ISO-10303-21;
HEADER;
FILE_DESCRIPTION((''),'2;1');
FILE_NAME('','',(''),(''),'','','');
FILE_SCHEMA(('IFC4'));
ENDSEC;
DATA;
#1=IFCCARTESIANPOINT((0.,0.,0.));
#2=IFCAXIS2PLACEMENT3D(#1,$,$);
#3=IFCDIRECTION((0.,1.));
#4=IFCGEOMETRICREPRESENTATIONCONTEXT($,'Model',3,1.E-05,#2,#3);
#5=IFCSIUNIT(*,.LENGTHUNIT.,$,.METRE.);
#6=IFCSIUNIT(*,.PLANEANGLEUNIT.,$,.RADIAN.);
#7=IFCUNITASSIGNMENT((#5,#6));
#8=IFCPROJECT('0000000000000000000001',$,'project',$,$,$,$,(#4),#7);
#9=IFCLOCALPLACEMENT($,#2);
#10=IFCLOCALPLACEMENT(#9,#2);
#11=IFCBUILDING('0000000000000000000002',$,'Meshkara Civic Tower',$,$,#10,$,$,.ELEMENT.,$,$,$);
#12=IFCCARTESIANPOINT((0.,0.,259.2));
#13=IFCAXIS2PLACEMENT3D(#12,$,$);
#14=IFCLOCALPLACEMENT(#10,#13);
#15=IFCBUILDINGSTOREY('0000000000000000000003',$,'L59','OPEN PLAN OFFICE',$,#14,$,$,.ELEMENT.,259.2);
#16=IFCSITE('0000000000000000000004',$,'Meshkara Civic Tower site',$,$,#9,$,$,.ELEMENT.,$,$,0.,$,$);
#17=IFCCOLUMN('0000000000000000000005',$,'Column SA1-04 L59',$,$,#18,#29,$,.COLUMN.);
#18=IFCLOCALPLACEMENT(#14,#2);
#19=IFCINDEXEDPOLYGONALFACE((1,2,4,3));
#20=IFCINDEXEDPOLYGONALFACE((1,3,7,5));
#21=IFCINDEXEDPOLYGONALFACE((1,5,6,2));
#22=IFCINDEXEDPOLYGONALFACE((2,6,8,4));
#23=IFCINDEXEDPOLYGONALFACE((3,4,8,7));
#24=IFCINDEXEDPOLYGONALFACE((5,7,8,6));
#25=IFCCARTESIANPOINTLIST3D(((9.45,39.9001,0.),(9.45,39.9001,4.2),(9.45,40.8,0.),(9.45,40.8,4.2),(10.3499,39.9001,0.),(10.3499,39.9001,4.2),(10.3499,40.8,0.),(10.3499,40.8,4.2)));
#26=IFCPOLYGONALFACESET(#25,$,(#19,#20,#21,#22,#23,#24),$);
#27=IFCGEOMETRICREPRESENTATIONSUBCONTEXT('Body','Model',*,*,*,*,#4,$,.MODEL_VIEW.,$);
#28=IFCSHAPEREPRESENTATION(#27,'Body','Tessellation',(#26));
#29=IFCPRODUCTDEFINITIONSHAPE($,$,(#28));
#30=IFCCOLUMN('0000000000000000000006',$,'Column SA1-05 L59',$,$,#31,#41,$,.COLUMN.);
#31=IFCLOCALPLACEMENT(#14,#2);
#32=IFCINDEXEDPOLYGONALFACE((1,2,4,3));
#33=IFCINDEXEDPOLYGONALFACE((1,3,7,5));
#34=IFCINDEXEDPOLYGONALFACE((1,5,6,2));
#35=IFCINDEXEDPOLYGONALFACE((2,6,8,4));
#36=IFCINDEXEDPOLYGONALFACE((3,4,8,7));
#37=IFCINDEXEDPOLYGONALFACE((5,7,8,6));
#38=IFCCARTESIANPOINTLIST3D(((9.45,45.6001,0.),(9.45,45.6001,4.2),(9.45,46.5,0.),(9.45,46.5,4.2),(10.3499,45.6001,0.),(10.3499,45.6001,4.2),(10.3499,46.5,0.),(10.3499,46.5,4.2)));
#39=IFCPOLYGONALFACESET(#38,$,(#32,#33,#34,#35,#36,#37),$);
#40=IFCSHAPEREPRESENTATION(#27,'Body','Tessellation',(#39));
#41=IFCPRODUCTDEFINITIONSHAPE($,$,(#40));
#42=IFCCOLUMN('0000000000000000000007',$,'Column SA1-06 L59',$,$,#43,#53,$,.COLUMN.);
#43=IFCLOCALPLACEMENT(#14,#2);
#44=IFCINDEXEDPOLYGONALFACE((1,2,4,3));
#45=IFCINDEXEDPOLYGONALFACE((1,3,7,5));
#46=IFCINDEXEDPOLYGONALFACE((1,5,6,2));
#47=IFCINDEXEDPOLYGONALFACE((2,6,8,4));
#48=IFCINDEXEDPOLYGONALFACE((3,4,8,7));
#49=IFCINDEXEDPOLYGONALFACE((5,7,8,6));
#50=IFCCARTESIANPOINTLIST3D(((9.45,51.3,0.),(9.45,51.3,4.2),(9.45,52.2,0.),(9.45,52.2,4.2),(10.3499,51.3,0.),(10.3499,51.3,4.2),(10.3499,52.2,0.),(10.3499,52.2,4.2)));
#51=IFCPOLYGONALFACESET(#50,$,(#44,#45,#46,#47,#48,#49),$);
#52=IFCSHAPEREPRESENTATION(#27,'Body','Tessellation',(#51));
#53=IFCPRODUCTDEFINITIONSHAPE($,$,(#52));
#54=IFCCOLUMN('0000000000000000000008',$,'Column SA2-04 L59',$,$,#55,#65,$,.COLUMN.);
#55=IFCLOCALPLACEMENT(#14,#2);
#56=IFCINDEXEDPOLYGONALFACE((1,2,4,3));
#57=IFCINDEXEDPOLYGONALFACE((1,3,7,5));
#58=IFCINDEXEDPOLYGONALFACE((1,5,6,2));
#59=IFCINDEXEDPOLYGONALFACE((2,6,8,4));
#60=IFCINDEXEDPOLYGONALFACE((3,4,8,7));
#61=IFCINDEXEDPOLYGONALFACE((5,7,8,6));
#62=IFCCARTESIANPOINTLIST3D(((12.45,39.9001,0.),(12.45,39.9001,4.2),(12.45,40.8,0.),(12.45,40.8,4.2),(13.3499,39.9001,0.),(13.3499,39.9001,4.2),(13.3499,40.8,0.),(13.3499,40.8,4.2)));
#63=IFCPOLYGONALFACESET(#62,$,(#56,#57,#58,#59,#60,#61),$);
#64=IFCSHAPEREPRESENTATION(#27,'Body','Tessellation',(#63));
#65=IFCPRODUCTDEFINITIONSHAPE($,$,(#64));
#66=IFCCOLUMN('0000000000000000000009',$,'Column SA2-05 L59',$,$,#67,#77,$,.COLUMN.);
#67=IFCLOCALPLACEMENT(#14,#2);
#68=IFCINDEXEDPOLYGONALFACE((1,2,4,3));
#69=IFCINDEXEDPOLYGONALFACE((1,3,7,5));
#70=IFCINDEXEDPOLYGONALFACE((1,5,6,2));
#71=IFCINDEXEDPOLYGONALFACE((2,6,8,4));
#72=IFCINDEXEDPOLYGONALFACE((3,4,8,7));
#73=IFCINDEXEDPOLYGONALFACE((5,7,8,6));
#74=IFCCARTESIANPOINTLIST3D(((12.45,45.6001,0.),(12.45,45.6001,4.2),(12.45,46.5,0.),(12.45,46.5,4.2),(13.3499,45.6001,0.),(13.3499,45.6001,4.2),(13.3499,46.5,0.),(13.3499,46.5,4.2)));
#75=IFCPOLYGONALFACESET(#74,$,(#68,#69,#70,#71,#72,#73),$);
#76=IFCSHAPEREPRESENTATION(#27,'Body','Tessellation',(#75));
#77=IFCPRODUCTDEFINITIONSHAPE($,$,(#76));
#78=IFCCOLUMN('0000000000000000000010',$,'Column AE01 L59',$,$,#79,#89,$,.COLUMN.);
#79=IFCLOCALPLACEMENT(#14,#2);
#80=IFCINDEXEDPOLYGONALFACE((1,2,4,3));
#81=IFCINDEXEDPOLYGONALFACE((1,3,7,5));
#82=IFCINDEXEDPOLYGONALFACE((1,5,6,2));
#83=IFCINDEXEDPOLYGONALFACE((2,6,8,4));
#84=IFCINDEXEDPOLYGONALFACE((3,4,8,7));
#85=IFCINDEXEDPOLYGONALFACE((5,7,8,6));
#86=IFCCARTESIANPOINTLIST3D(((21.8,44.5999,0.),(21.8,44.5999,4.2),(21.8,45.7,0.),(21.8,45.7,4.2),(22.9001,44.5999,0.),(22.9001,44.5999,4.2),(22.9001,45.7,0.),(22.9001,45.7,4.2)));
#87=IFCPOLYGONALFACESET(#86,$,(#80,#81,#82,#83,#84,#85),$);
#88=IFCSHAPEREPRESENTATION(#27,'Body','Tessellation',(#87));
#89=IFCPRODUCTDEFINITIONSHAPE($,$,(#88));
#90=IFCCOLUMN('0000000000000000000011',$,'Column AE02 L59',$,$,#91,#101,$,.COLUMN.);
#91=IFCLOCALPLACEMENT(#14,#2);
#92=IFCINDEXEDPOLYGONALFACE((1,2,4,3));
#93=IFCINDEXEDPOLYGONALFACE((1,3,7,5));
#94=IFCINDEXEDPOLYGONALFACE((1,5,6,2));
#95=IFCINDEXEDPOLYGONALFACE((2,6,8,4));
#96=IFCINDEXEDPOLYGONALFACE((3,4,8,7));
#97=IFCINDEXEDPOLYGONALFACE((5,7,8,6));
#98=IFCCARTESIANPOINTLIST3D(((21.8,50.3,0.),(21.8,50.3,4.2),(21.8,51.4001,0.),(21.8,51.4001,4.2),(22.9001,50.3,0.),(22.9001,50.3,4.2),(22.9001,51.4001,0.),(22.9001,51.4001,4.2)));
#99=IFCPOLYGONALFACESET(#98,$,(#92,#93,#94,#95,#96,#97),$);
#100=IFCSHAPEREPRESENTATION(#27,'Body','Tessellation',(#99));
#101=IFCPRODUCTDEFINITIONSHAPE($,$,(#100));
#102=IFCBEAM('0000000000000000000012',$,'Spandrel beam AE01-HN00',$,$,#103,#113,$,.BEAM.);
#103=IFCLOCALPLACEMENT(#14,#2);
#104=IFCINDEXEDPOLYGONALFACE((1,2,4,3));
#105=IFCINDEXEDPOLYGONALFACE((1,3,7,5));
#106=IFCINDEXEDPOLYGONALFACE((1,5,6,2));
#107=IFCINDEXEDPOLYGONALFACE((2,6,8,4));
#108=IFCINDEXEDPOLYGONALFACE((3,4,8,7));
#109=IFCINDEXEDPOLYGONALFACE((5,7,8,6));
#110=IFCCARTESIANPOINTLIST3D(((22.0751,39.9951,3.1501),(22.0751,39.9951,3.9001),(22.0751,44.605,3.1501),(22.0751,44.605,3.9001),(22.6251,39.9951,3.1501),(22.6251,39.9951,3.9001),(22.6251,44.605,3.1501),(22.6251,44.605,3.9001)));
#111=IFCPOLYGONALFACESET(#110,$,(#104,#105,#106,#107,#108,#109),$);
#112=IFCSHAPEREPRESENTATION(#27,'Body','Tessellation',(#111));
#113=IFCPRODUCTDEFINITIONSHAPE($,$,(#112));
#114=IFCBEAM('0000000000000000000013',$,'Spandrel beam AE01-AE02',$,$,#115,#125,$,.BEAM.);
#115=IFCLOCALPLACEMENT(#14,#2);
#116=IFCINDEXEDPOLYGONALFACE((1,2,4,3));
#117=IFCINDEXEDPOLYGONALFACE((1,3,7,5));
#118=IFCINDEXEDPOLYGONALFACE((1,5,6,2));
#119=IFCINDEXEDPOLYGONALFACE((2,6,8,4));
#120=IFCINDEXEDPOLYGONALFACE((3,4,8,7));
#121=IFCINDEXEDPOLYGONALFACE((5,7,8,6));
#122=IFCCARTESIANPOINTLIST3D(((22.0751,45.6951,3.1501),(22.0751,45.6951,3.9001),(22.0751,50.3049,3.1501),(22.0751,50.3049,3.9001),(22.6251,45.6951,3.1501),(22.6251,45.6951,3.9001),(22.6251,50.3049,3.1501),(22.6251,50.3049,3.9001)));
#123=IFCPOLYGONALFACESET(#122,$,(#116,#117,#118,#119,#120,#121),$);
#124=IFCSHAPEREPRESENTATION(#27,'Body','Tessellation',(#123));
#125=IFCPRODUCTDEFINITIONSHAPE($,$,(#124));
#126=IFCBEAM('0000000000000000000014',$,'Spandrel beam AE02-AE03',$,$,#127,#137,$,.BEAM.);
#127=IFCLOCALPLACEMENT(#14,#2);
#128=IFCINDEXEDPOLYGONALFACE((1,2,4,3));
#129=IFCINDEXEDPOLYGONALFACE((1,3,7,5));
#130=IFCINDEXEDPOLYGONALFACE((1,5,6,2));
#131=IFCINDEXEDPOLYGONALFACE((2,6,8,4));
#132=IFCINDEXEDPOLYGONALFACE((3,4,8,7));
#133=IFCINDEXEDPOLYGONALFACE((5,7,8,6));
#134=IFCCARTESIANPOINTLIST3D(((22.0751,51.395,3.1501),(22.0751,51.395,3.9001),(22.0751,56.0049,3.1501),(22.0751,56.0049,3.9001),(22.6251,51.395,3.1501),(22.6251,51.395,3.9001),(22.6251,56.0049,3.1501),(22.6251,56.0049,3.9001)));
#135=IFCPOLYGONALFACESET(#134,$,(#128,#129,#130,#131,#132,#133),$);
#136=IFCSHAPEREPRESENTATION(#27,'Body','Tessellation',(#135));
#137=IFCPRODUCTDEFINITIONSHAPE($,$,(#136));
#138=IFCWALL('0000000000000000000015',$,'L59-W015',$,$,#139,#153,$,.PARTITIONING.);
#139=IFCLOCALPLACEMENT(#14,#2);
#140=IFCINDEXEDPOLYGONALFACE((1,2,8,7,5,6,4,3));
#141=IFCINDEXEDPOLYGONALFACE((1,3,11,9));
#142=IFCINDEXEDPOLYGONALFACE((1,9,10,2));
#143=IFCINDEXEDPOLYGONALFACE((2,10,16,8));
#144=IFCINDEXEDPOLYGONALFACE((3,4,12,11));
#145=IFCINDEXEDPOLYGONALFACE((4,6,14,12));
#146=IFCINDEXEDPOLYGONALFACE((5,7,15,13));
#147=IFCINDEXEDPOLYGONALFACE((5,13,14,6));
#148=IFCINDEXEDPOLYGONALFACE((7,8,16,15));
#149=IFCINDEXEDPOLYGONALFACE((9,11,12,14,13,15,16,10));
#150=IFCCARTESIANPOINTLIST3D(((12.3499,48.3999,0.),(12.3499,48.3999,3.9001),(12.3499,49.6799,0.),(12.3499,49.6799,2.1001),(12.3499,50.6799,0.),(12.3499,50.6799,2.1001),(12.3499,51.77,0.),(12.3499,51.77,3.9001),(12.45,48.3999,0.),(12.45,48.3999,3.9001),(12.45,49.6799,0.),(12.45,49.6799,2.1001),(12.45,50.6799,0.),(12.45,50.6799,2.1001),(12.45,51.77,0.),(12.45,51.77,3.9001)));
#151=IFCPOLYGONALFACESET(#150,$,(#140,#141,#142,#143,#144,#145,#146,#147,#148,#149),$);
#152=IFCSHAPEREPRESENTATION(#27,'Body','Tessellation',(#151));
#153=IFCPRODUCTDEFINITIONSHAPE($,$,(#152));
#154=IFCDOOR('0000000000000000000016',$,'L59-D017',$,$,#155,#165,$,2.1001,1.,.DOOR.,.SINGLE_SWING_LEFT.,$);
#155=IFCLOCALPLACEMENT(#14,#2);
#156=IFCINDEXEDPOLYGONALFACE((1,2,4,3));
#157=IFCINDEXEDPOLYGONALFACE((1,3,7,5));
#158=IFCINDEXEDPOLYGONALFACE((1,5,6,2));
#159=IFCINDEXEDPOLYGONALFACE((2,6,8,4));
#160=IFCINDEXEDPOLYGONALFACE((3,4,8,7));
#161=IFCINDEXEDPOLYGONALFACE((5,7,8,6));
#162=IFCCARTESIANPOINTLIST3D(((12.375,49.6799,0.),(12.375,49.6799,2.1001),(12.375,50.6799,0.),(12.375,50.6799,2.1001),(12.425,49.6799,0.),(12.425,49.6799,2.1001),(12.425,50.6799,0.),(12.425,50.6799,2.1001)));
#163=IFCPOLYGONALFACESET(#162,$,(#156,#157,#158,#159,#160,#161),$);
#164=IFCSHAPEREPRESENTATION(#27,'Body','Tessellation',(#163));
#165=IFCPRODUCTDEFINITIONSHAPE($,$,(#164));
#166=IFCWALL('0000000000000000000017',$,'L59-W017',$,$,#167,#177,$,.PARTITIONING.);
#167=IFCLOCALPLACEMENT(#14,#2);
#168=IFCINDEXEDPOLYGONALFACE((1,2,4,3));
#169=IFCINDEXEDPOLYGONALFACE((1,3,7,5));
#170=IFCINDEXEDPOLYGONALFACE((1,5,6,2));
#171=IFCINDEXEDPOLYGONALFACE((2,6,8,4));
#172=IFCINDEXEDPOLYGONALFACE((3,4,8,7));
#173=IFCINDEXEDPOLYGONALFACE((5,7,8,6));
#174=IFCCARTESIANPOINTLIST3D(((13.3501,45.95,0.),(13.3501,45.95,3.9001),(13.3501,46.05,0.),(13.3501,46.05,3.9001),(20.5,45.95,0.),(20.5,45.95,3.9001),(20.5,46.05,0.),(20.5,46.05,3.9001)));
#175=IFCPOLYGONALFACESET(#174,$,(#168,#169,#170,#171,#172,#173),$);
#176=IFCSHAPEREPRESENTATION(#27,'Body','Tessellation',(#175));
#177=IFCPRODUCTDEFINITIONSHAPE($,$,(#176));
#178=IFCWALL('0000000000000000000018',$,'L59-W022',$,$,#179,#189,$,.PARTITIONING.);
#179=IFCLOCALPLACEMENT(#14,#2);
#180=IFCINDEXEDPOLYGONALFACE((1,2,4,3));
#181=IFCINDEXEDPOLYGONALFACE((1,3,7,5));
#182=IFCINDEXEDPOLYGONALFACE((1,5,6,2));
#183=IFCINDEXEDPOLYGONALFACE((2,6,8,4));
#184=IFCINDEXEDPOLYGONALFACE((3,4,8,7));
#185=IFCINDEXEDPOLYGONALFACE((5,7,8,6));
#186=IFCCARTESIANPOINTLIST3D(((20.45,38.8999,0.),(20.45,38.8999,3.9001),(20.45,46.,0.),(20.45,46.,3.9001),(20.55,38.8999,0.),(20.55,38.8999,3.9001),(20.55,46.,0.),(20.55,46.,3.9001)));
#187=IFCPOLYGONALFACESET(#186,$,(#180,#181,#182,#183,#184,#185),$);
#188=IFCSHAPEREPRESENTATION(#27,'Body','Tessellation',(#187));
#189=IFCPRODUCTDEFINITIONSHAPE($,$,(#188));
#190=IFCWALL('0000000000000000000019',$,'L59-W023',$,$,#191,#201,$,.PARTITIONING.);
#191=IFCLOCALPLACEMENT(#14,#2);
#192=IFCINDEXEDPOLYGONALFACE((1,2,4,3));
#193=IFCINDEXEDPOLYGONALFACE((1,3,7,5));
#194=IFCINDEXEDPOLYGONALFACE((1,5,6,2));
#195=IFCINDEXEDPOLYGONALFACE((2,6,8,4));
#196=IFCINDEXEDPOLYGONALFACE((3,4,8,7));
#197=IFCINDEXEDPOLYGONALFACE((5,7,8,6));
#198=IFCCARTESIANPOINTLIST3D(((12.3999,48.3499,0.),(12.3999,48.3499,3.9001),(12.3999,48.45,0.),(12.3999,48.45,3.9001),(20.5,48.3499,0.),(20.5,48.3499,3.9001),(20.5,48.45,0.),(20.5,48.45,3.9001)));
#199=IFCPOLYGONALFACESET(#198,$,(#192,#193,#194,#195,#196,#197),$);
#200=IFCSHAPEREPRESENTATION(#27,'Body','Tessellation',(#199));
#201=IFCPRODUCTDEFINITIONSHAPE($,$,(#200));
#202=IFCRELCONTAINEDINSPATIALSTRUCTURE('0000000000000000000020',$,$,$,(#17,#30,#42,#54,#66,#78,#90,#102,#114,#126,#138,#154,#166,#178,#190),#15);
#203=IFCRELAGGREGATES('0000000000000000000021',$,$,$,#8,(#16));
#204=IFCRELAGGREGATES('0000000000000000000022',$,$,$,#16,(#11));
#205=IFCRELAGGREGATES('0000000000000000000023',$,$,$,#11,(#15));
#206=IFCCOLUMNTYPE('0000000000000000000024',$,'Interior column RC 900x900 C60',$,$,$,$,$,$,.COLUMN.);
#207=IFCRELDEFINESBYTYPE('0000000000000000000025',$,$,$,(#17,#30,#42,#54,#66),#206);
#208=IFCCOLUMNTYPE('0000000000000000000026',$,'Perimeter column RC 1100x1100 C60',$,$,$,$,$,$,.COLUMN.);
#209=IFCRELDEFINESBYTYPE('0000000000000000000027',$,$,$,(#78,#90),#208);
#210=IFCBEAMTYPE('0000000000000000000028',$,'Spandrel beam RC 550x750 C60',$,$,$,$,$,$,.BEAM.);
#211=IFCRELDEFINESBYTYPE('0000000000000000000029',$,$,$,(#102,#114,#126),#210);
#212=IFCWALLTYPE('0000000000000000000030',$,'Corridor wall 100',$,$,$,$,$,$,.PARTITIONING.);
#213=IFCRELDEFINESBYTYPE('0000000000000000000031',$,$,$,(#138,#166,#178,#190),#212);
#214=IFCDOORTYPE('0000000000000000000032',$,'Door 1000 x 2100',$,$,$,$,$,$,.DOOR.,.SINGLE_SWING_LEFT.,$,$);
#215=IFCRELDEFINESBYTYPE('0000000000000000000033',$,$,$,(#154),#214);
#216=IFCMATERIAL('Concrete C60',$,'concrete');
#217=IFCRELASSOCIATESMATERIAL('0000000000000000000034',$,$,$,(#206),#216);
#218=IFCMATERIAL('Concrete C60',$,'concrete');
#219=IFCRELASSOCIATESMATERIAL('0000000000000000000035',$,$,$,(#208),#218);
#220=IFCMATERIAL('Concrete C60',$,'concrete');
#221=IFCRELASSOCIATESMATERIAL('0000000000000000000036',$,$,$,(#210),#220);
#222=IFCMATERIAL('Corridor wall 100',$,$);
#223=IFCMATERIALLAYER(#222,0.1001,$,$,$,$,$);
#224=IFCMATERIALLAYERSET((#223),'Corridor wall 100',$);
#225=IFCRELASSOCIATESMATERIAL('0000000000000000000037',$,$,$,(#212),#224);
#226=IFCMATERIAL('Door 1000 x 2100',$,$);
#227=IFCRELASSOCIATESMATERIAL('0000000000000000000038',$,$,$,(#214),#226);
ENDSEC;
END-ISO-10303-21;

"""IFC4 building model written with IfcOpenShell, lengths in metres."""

from ifc_helpers import new_model, si_unit, direction, frame, frame_2d, origin, origin_2d, place, context, subcontext, project, spatial, rectangle, extrude, material, layer, layer_set, material_profile, profile_set, type_object, element, fill, save


model = new_model("IFC4")

# Units and contexts
model_context = context("Model", 3, precision=1e-05, world=origin(), true_north=direction((0.0, 1.0)))
body_context = subcontext(model_context, "Body", "Model", "MODEL_VIEW")
ifc_project = project(units=[si_unit("LENGTHUNIT", "METRE"), si_unit("PLANEANGLEUNIT", "RADIAN")], contexts=[model_context])

# Site, building, storey
site_placement = place(None, origin())
site = spatial("IfcSite", under=ifc_project, at=site_placement, Name="Meshkara Civic Tower site", CompositionType="ELEMENT", RefElevation=0.0)
building_placement = place(site_placement, origin())
building = spatial("IfcBuilding", under=site, at=building_placement, Name="Meshkara Civic Tower", CompositionType="ELEMENT")
storey_placement = place(building_placement, frame((0.0, 0.0, 259.2)))
storey = spatial("IfcBuildingStorey", under=building, at=storey_placement, Name="L59", Description="OPEN PLAN OFFICE", CompositionType="ELEMENT", Elevation=259.2)

# Columns
ifc_material_1 = material(Name="Concrete C60", Category="concrete")
ifc_material_profile_1 = material_profile(ifc_material_1, rectangle(XDim=0.8999, YDim=0.8999, at=origin_2d()))
ifc_profile_set_1 = profile_set([ifc_material_profile_1], Name="Concrete C60")
column_type_1 = type_object("IfcColumnType", Name="Interior column RC 900x900 C60", PredefinedType="COLUMN", material=ifc_profile_set_1)
for number, where, z_axis, x_axis, name in (
    (1, (9.8999, 40.3501, 0.0), (0.0, 0.0, 1.0), (1.0, 0.0, 0.0), "Column SA1-04 L59"),
    (2, (9.8999, 46.05, 0.0), (0.0, 0.0, 1.0), (1.0, 0.0, 0.0), "Column SA1-05 L59"),
    (3, (9.8999, 51.75, 0.0), (0.0, 0.0, 1.0), (1.0, 0.0, 0.0), "Column SA1-06 L59"),
    (4, (12.8999, 40.3501, 0.0), (0.0, 0.0, 1.0), (1.0, 0.0, 0.0), "Column SA2-04 L59"),
    (5, (12.8999, 46.05, 0.0), (0.0, 0.0, 1.0), (1.0, 0.0, 0.0), "Column SA2-05 L59"),
):
    element("IfcColumn", number, at=place(storey_placement, frame(where, z_axis=z_axis, x_axis=x_axis)), inside=storey, type_object=column_type_1, Name=name, PredefinedType="COLUMN", context=body_context, shape_type="SweptSolid", body=[
        extrude(rectangle(XDim=0.8999, YDim=0.8999, at=origin_2d()), origin(), (0.0, 0.0, 1.0), 4.2),
    ])
ifc_material_2 = material(Name="Concrete C60", Category="concrete")
ifc_material_profile_2 = material_profile(ifc_material_2, rectangle(XDim=1.1001, YDim=1.1001, at=origin_2d()))
ifc_profile_set_2 = profile_set([ifc_material_profile_2], Name="Concrete C60")
column_type_2 = type_object("IfcColumnType", Name="Perimeter column RC 1100x1100 C60", PredefinedType="COLUMN", material=ifc_profile_set_2)
for number, where, z_axis, x_axis, name in (
    (6, (22.3501, 45.1499, 0.0), (0.0, 0.0, 1.0), (1.0, 0.0, 0.0), "Column AE01 L59"),
    (7, (22.3501, 50.8501, 0.0), (0.0, 0.0, 1.0), (1.0, 0.0, 0.0), "Column AE02 L59"),
):
    element("IfcColumn", number, at=place(storey_placement, frame(where, z_axis=z_axis, x_axis=x_axis)), inside=storey, type_object=column_type_2, Name=name, PredefinedType="COLUMN", context=body_context, shape_type="SweptSolid", body=[
        extrude(rectangle(XDim=1.1001, YDim=1.1001, at=origin_2d()), origin(), (0.0, 0.0, 1.0), 4.2),
    ])

# Beams
ifc_material_3 = material(Name="Concrete C60", Category="concrete")
ifc_material_profile_3 = material_profile(ifc_material_3, rectangle(XDim=0.55, YDim=0.75, at=origin_2d()))
ifc_profile_set_3 = profile_set([ifc_material_profile_3], Name="Concrete C60")
beam_type = type_object("IfcBeamType", Name="Spandrel beam RC 550x750 C60", PredefinedType="BEAM", material=ifc_profile_set_3)
for number, where, z_axis, x_axis, name in (
    (8, (22.3501, 39.9951, 3.5251), (0.0, 1.0, 0.0), (-1.0, 0.0, 0.0), "Spandrel beam AE01-HN00"),
    (9, (22.3501, 45.6951, 3.5251), (0.0, 1.0, 0.0), (-1.0, 0.0, 0.0), "Spandrel beam AE01-AE02"),
    (10, (22.3501, 51.395, 3.5251), (0.0, 1.0, 0.0), (-1.0, 0.0, 0.0), "Spandrel beam AE02-AE03"),
):
    element("IfcBeam", number, at=place(storey_placement, frame(where, z_axis=z_axis, x_axis=x_axis)), inside=storey, type_object=beam_type, Name=name, PredefinedType="BEAM", context=body_context, shape_type="SweptSolid", body=[
        extrude(rectangle(XDim=0.55, YDim=0.75, at=origin_2d()), origin(), (0.0, 0.0, 1.0), 4.6099),
    ])

# Wall, opening, door
ifc_material_4 = material(Name="Corridor wall 100")
ifc_layer_1 = layer(ifc_material_4, 0.1001)
ifc_layer_set_1 = layer_set([ifc_layer_1], Name="Corridor wall 100")
wall_type_1 = type_object("IfcWallType", Name="Corridor wall 100", PredefinedType="PARTITIONING", material=ifc_layer_set_1)
wall_1_placement = place(storey_placement, frame((12.3999, 48.3999, 0.0), z_axis=(0.0, 0.0, 1.0), x_axis=(0.0, 1.0, 0.0)))
wall_1 = element("IfcWall", 11, at=wall_1_placement, inside=storey, type_object=wall_type_1, Name="L59-W015", PredefinedType="PARTITIONING", context=body_context, shape_type="SweptSolid", body=[
    extrude(rectangle(XDim=3.3701, YDim=0.1001, at=frame_2d((1.6851, 0.0))), origin(), (0.0, 0.0, 1.0), 3.9001),
])
opening_1_placement = place(wall_1_placement, frame((1.28, 0.0, 0.0)))
opening_1 = element("IfcOpeningElement", 12, at=opening_1_placement, cuts=wall_1, PredefinedType="OPENING", context=body_context, shape_type="SweptSolid", body=[
    extrude(rectangle(XDim=1.0, YDim=2.1001, at=frame_2d((0.5, 1.05))), frame((0.0, 0.0601, 0.0), z_axis=(0.0, -1.0, 0.0), x_axis=(1.0, 0.0, 0.0)), (0.0, 0.0, 1.0), 0.1201),
])
ifc_material_5 = material(Name="Door 1000 x 2100")
door_type = type_object("IfcDoorType", Name="Door 1000 x 2100", OperationType="SINGLE_SWING_LEFT", PredefinedType="DOOR", material=ifc_material_5)
door_placement = place(opening_1_placement, origin())
door = element("IfcDoor", 13, at=door_placement, inside=storey, type_object=door_type, Name="L59-D017", OperationType="SINGLE_SWING_LEFT", OverallHeight=2.1001, OverallWidth=1.0, PredefinedType="DOOR", context=body_context, shape_type="SweptSolid", body=[
    extrude(rectangle(XDim=1.0, YDim=2.1001, at=frame_2d((0.5, 1.05))), frame((0.0, 0.0249, 0.0), z_axis=(0.0, -1.0, 0.0), x_axis=(1.0, 0.0, 0.0)), (0.0, 0.0, 1.0), 0.05),
])
fill(opening_1, door)

# Walls
wall_2_placement = place(storey_placement, frame((13.3501, 46.0, 0.0), z_axis=(0.0, 0.0, 1.0), x_axis=(1.0, 0.0, 0.0)))
element("IfcWall", 14, at=wall_2_placement, inside=storey, type_object=wall_type_1, Name="L59-W017", PredefinedType="PARTITIONING", context=body_context, shape_type="SweptSolid", body=[
    extrude(rectangle(XDim=7.1499, YDim=0.1001, at=frame_2d((3.575, 0.0))), origin(), (0.0, 0.0, 1.0), 3.9001),
])
wall_3_placement = place(storey_placement, frame((20.5, 46.0, 0.0), z_axis=(0.0, 0.0, 1.0), x_axis=(0.0, -1.0, 0.0)))
element("IfcWall", 15, at=wall_3_placement, inside=storey, type_object=wall_type_1, Name="L59-W022", PredefinedType="PARTITIONING", context=body_context, shape_type="SweptSolid", body=[
    extrude(rectangle(XDim=7.1001, YDim=0.1001, at=frame_2d((3.55, 0.0))), origin(), (0.0, 0.0, 1.0), 3.9001),
])
wall_4_placement = place(storey_placement, frame((20.5, 48.3999, 0.0), z_axis=(0.0, 0.0, 1.0), x_axis=(-1.0, 0.0, 0.0)))
element("IfcWall", 16, at=wall_4_placement, inside=storey, type_object=wall_type_1, Name="L59-W023", PredefinedType="PARTITIONING", context=body_context, shape_type="SweptSolid", body=[
    extrude(rectangle(XDim=8.1001, YDim=0.1001, at=frame_2d((4.05, 0.0))), origin(), (0.0, 0.0, 1.0), 3.9001),
])

save(model, "model.ifc")
